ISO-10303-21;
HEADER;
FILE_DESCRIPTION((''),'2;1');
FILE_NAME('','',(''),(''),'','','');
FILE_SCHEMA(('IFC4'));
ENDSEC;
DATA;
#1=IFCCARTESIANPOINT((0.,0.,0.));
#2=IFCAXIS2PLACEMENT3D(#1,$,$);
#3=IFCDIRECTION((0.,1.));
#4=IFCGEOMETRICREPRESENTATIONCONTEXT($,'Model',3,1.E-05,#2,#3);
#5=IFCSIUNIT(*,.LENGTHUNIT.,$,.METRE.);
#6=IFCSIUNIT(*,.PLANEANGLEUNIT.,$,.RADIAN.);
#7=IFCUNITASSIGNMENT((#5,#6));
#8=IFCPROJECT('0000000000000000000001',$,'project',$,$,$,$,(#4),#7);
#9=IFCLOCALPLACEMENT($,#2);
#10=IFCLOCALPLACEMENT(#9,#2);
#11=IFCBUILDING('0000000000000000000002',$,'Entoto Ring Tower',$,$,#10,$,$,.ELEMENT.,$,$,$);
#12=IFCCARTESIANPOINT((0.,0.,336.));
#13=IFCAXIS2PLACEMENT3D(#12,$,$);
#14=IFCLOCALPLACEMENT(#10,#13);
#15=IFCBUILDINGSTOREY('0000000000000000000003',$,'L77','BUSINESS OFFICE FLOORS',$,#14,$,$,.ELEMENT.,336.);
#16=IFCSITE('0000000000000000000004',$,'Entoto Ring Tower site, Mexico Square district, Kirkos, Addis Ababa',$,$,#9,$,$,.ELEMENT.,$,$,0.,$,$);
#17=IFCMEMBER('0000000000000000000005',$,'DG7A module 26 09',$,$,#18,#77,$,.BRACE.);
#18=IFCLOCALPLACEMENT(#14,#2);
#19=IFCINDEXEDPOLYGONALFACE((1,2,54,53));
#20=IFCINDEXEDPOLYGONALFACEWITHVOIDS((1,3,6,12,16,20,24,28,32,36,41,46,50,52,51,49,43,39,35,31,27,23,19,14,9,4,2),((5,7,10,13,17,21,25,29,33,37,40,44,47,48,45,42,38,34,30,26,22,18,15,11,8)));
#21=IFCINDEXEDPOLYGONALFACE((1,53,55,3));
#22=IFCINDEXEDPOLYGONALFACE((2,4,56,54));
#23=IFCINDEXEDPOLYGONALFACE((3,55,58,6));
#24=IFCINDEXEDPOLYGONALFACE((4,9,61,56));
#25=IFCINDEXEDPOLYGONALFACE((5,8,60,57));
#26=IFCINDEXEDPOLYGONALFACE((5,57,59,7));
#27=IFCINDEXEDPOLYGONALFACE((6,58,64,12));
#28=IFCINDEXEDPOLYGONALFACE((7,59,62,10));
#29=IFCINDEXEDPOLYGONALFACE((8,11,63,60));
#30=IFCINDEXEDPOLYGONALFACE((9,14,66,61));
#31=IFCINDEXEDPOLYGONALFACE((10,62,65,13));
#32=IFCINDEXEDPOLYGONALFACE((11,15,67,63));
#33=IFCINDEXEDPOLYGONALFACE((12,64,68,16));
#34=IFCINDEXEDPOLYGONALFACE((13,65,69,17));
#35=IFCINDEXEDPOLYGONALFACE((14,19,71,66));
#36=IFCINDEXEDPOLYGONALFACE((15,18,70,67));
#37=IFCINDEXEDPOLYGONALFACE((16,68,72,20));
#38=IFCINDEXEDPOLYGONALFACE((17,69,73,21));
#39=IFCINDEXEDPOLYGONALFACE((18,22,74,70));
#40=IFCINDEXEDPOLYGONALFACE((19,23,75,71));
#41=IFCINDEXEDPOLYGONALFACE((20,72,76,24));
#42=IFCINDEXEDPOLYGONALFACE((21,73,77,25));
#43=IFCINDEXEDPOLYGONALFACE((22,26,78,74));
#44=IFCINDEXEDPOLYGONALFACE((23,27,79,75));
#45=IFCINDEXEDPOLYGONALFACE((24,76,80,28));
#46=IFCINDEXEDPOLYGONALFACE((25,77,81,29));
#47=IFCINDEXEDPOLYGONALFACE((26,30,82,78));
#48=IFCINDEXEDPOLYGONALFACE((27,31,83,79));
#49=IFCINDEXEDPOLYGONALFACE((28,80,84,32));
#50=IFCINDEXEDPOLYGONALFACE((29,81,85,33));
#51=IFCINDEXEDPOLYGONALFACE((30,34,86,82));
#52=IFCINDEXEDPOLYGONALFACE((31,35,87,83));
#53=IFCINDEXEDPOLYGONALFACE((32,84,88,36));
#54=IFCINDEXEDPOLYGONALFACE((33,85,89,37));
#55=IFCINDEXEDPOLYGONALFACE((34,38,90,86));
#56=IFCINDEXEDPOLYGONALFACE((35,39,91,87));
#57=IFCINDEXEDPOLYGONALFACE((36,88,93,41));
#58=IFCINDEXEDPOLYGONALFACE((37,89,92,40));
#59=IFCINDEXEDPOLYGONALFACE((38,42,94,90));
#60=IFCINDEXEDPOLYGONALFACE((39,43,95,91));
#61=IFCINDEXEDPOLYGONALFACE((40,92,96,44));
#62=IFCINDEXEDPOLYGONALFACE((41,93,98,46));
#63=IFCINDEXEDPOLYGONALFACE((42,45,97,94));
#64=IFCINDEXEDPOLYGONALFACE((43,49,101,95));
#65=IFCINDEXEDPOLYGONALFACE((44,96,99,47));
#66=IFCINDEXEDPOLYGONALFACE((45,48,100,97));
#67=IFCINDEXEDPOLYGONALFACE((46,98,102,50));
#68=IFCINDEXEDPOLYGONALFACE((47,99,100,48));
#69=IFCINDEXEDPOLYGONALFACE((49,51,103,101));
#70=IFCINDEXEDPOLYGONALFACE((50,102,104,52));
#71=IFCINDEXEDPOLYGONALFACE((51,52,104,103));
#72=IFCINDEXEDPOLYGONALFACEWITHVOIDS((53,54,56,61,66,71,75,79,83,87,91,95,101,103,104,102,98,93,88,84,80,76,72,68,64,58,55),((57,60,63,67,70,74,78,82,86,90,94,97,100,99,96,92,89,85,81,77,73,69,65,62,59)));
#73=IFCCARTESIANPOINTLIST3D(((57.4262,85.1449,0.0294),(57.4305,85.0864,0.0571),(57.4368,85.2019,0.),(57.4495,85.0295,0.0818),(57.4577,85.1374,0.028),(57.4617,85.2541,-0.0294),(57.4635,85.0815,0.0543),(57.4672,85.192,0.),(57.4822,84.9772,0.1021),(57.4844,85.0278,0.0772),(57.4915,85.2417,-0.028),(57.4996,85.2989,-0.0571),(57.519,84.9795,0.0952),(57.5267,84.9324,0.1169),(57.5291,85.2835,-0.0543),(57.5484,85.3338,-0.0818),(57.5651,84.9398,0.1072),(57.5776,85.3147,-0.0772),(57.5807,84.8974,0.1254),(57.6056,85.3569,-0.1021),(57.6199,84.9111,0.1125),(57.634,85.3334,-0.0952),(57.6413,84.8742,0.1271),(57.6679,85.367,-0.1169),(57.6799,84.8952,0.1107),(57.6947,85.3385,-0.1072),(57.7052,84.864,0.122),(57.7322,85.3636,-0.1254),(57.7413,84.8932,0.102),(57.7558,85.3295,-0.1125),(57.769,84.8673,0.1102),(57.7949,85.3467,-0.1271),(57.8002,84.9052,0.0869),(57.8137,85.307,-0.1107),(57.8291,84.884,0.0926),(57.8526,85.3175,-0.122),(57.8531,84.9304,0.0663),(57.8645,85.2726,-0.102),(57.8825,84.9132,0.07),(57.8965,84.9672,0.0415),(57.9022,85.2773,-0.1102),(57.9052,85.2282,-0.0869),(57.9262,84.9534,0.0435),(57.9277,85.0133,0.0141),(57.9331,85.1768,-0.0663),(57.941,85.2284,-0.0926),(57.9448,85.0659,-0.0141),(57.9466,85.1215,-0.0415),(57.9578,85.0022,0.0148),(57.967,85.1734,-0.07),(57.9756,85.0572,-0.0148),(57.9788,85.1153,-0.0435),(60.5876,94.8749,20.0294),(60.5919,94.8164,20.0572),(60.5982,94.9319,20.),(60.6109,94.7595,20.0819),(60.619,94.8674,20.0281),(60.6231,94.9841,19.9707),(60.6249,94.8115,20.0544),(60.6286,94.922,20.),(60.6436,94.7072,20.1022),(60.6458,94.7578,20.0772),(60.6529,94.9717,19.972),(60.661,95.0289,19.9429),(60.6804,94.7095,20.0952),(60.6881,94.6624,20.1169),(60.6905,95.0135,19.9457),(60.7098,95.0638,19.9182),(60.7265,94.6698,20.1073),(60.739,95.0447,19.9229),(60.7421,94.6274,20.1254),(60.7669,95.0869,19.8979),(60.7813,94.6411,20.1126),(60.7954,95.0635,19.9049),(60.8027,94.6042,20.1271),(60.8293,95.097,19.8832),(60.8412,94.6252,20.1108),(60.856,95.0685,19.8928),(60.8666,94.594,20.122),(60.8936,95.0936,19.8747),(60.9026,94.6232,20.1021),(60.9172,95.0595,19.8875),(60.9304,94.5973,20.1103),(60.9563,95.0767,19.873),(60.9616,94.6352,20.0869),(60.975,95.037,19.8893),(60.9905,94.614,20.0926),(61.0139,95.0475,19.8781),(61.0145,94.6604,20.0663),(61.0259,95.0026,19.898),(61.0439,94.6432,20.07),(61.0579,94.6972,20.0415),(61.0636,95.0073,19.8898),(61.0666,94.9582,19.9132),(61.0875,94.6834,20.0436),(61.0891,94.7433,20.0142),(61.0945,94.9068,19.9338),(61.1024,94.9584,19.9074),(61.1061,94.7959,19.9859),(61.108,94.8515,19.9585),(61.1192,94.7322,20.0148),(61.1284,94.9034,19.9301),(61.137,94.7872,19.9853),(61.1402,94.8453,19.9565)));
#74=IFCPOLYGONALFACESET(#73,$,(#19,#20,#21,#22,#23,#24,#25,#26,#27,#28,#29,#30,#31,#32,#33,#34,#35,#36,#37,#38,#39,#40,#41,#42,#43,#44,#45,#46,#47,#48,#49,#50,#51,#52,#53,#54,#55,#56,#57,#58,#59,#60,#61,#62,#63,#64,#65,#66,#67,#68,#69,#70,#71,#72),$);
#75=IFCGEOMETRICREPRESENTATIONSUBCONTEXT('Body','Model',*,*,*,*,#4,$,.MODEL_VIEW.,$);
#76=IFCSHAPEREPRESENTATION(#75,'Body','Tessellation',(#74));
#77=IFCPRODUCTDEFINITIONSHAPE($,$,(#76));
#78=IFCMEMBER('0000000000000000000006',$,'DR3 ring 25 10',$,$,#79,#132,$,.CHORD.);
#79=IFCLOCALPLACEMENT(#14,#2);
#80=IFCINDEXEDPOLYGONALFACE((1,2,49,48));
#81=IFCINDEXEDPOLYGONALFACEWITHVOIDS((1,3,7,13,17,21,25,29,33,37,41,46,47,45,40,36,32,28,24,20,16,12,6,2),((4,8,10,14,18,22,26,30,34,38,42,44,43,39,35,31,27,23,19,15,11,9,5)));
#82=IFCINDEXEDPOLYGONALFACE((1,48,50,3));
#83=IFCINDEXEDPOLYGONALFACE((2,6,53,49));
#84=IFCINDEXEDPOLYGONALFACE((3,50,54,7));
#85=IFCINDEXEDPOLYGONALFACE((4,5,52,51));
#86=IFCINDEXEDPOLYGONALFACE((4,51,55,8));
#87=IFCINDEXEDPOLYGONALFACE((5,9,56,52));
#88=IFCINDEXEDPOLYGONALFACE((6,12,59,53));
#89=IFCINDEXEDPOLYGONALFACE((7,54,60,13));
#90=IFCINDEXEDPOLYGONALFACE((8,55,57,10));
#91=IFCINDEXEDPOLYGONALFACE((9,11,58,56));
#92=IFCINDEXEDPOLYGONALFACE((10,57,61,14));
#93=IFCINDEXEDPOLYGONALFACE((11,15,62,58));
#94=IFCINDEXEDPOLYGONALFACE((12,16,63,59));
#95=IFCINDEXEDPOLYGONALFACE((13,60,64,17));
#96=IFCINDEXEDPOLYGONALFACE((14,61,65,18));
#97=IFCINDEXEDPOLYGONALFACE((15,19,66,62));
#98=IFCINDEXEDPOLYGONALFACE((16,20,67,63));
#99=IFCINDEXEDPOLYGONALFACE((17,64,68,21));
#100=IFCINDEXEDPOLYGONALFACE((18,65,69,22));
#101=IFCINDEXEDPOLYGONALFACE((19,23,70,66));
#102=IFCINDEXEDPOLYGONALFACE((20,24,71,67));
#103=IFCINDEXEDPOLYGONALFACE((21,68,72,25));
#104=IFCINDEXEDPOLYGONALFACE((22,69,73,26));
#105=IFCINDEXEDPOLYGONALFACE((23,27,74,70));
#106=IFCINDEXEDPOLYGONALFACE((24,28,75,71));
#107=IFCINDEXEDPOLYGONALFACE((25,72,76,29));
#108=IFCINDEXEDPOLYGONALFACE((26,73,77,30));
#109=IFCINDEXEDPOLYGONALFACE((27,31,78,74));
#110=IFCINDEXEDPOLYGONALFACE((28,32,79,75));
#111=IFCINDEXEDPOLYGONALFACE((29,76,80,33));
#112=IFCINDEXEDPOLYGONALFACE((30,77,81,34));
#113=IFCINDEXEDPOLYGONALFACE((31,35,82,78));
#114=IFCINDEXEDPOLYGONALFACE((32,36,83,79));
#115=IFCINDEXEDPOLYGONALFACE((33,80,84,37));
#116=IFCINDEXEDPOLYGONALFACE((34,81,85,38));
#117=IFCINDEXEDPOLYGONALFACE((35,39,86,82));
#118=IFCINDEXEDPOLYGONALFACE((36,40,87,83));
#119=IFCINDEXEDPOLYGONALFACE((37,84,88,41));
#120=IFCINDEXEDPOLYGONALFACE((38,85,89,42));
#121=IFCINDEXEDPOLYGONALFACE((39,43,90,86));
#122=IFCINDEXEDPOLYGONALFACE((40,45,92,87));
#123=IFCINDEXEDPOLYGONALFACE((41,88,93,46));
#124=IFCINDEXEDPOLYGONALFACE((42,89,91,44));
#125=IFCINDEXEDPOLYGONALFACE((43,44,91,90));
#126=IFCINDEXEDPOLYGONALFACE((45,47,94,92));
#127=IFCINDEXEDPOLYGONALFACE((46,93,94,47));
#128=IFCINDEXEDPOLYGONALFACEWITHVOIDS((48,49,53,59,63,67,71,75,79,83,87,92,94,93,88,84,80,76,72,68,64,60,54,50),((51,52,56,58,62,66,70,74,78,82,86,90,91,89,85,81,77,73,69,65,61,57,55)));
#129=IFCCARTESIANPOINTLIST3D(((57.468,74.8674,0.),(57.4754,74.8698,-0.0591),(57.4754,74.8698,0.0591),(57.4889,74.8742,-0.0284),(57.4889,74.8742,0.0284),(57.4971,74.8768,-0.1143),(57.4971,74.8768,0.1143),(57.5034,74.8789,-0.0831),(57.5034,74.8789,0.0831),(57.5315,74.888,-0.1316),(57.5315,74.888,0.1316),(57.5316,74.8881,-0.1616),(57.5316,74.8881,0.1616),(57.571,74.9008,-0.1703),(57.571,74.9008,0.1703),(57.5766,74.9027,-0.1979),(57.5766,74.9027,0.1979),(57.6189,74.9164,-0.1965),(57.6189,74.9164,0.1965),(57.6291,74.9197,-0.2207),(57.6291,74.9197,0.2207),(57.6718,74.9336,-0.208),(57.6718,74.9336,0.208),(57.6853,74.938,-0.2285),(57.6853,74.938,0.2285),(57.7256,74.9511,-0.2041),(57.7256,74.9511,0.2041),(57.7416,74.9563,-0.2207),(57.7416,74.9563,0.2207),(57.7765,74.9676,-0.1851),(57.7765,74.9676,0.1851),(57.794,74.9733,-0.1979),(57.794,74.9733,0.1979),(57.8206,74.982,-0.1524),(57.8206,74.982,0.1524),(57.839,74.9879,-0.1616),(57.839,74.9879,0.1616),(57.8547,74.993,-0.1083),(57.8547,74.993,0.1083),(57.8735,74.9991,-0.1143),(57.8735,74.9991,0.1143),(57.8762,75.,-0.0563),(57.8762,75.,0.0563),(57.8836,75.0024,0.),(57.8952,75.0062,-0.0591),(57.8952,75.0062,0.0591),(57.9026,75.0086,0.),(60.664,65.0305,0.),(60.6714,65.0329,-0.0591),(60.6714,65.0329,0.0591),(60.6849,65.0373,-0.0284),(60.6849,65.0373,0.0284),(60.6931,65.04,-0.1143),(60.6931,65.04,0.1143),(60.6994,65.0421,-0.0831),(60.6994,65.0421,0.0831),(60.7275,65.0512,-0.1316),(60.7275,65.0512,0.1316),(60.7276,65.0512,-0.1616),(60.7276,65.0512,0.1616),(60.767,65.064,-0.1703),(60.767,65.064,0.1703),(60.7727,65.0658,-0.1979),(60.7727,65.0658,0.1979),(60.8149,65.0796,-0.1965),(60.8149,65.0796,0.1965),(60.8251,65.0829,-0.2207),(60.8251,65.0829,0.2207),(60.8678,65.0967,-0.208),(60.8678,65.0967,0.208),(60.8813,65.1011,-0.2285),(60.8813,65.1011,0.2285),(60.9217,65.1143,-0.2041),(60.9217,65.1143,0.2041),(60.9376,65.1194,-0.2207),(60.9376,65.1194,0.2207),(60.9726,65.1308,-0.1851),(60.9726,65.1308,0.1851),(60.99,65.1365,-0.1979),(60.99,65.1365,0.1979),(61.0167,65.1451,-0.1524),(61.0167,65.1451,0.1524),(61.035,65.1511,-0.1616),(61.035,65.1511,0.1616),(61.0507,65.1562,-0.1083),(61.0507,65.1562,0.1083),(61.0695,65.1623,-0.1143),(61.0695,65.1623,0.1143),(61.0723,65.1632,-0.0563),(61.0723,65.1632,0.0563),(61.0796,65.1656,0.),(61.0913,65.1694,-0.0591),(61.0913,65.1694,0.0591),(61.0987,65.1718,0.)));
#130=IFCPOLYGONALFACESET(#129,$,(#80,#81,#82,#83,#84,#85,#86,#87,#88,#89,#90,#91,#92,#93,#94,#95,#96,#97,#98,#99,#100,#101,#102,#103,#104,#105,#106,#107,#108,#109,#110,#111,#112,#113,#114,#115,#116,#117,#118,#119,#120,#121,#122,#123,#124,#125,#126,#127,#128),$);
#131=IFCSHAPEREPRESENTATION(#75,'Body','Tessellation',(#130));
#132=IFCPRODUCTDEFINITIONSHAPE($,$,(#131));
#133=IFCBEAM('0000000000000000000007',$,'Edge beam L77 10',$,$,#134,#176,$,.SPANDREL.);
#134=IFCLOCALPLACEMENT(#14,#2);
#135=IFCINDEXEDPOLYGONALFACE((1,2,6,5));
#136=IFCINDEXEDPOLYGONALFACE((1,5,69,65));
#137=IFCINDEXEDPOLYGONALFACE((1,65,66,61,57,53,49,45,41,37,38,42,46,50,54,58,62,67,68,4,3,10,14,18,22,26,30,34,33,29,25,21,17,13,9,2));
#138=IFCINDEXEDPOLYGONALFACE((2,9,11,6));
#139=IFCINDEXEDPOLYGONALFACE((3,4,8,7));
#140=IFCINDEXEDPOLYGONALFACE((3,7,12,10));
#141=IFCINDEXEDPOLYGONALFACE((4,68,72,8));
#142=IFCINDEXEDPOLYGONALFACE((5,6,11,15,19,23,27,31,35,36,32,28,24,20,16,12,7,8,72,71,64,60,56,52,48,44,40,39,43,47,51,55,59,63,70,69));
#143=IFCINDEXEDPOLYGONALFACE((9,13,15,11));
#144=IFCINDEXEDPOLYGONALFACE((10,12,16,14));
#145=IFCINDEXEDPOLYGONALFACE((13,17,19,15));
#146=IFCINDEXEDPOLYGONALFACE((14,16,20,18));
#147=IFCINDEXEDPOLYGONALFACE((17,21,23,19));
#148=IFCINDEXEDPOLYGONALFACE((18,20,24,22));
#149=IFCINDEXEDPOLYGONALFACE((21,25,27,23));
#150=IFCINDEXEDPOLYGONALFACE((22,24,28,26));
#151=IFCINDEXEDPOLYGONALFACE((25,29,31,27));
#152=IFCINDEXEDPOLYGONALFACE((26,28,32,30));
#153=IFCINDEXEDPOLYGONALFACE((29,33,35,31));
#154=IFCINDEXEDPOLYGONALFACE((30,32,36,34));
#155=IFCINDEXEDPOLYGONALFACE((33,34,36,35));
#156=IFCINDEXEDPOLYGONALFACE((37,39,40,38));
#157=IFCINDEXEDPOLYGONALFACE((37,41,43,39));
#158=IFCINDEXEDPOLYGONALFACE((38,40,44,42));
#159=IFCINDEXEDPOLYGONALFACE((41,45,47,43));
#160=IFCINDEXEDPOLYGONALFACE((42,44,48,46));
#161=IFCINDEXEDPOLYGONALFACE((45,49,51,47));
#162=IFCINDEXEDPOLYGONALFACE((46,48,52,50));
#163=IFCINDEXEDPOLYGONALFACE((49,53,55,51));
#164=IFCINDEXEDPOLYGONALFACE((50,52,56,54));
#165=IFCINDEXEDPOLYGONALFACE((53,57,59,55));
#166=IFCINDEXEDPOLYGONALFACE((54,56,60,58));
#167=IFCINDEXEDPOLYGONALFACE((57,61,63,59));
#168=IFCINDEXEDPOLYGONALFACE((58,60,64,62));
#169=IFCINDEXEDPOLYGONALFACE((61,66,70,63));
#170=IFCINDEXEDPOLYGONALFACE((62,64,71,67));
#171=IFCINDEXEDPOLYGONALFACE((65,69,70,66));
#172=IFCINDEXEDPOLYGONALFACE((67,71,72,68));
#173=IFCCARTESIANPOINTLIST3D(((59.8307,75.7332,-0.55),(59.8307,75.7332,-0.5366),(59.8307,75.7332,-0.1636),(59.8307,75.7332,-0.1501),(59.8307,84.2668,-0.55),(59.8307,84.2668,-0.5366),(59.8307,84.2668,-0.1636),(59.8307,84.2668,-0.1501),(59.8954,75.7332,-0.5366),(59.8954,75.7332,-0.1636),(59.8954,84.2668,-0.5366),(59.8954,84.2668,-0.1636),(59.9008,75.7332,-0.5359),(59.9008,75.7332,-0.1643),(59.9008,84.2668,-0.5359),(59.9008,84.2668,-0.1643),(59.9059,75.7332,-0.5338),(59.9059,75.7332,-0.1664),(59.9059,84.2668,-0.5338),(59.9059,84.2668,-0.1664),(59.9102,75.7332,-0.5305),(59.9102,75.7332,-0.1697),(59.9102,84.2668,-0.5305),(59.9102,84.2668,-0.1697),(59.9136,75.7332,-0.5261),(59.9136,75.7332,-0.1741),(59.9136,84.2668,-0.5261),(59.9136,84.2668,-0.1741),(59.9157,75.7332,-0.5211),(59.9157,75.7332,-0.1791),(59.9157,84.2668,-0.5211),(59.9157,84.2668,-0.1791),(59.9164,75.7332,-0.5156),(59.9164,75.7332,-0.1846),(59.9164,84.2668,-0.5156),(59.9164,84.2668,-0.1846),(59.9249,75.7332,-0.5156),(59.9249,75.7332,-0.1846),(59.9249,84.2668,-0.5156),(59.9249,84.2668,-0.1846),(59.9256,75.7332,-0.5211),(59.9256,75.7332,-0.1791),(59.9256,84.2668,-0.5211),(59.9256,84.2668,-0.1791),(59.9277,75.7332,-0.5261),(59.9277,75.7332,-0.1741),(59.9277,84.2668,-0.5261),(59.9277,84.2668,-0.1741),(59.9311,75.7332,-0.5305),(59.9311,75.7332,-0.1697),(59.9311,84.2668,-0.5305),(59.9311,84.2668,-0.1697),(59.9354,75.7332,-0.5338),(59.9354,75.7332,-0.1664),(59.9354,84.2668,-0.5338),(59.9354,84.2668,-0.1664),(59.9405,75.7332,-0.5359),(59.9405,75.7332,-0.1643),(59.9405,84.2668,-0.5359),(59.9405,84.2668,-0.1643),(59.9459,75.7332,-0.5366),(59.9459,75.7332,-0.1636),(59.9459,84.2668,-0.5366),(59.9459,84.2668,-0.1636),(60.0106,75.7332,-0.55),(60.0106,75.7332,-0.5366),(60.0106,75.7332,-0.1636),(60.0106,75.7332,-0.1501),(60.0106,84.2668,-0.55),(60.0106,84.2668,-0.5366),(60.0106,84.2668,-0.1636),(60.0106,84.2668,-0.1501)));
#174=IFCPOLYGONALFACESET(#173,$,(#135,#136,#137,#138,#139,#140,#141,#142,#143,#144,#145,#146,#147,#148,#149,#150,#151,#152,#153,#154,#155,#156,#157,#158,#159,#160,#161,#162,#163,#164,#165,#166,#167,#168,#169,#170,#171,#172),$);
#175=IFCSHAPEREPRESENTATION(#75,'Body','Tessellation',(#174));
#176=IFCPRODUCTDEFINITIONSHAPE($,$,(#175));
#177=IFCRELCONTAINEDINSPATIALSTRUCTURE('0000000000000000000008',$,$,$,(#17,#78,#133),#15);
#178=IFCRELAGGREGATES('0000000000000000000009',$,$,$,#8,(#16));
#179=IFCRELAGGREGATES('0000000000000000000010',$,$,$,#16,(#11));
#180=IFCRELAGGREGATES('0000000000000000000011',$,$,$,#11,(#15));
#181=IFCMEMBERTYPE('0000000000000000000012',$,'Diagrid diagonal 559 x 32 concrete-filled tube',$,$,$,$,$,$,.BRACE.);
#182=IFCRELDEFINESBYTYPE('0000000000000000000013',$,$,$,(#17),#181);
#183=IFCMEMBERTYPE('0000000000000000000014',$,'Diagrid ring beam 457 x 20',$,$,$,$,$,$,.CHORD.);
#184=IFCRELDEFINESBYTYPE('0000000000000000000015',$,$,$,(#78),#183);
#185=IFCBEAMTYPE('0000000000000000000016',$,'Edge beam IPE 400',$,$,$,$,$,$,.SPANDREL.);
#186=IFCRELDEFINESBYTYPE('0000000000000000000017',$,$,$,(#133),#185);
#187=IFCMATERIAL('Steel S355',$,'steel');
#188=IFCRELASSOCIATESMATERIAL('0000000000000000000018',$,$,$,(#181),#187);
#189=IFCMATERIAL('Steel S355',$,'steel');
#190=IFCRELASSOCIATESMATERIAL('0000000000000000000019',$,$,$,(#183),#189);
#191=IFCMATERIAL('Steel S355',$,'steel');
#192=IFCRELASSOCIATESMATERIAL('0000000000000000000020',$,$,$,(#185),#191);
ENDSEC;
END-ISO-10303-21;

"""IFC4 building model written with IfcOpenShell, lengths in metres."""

from ifc_helpers import new_model, si_unit, direction, frame, origin, origin_2d, place, context, subcontext, project, spatial, circle, hollow_circle, i_section, extrude, material, material_profile, profile_set, type_object, element, save


model = new_model("IFC4")

# Units and contexts
model_context = context("Model", 3, precision=1e-05, world=origin(), true_north=direction((0.0, 1.0)))
body_context = subcontext(model_context, "Body", "Model", "MODEL_VIEW")
ifc_project = project(units=[si_unit("LENGTHUNIT", "METRE"), si_unit("PLANEANGLEUNIT", "RADIAN")], contexts=[model_context])

# Site, building, storey
site_placement = place(None, origin())
site = spatial("IfcSite", under=ifc_project, at=site_placement, Name="Entoto Ring Tower site, Mexico Square district, Kirkos, Addis Ababa", CompositionType="ELEMENT", RefElevation=0.0)
building_placement = place(site_placement, origin())
building = spatial("IfcBuilding", under=site, at=building_placement, Name="Entoto Ring Tower", CompositionType="ELEMENT")
storey_placement = place(building_placement, frame((0.0, 0.0, 336.0)))
storey = spatial("IfcBuildingStorey", under=building, at=storey_placement, Name="L77", Description="BUSINESS OFFICE FLOORS", CompositionType="ELEMENT", Elevation=336.0)

# Members
ifc_material_1 = material(Name="Steel S355", Category="steel")
ifc_material_profile_1 = material_profile(ifc_material_1, hollow_circle(Radius=0.2795, WallThickness=0.032, at=origin_2d()), Name="CHS 559 x 32")
ifc_material_2 = material(Name="Concrete C60/75", Category="concrete")
ifc_material_profile_2 = material_profile(ifc_material_2, circle(Radius=0.2476, at=origin_2d()), Name="Concrete C60/75 infill")
ifc_profile_set_1 = profile_set([ifc_material_profile_1, ifc_material_profile_2], Name="Steel S355")
member_type_1 = type_object("IfcMemberType", Name="Diagrid diagonal 559 x 32 concrete-filled tube", PredefinedType="BRACE", material=ifc_profile_set_1)
member_1_placement = place(storey_placement, frame((57.7026, 85.1155, 0.0), z_axis=(0.140726, 0.433121, 0.890282), x_axis=(-0.951059, 0.309009, 0.0)))
element("IfcMember", 1, at=member_1_placement, inside=storey, type_object=member_type_1, Name="DG7A module 26 09", PredefinedType="BRACE", context=body_context, shape_type="SweptSolid", body=[
    extrude(hollow_circle(Radius=0.2795, WallThickness=0.032, at=origin_2d()), origin(), (0.0, 0.0, 1.0), 22.4648),
])
ifc_material_3 = material(Name="Steel S355", Category="steel")
ifc_material_profile_3 = material_profile(ifc_material_3, hollow_circle(Radius=0.2285, WallThickness=0.02, at=origin_2d()), Name="CHS 457 x 20")
ifc_material_4 = material(Name="Concrete C60/75", Category="concrete")
ifc_material_profile_4 = material_profile(ifc_material_4, circle(Radius=0.2085, at=origin_2d()), Name="Concrete C60/75 infill")
ifc_profile_set_2 = profile_set([ifc_material_profile_3, ifc_material_profile_4], Name="Steel S355")
member_type_2 = type_object("IfcMemberType", Name="Diagrid ring beam 457 x 20", PredefinedType="CHORD", material=ifc_profile_set_2)
member_2_placement = place(storey_placement, frame((57.6853, 74.938, 0.0), z_axis=(0.309003, -0.951061, 0.0), x_axis=(0.951061, 0.309003, 0.0)))
element("IfcMember", 2, at=member_2_placement, inside=storey, type_object=member_type_2, Name="DR3 ring 25 10", PredefinedType="CHORD", context=body_context, shape_type="SweptSolid", body=[
    extrude(hollow_circle(Radius=0.2285, WallThickness=0.02, at=origin_2d()), origin(), (0.0, 0.0, 1.0), 10.343),
])

# Beam
ifc_material_5 = material(Name="Steel S355", Category="steel")
ifc_material_profile_5 = material_profile(ifc_material_5, i_section(OverallWidth=0.1799, OverallDepth=0.3999, WebThickness=0.0085, FlangeThickness=0.0134, FilletRadius=0.021, at=origin_2d()), Name="IPE 400")
ifc_profile_set_3 = profile_set([ifc_material_profile_5], Name="Steel S355")
beam_type_1 = type_object("IfcBeamType", Name="Edge beam IPE 400", PredefinedType="SPANDREL", material=ifc_profile_set_3)
beam_1_placement = place(storey_placement, frame((59.9207, 84.2668, -0.3501), z_axis=(0.0, -1.0, 0.0), x_axis=(1.0, 0.0, 0.0)))
element("IfcBeam", 3, at=beam_1_placement, inside=storey, type_object=beam_type_1, Name="Edge beam L77 10", PredefinedType="SPANDREL", context=body_context, shape_type="SweptSolid", body=[
    extrude(i_section(OverallWidth=0.1799, OverallDepth=0.3999, WebThickness=0.0085, FlangeThickness=0.0134, FilletRadius=0.021, at=origin_2d()), origin(), (0.0, 0.0, 1.0), 8.5337),
])

save(model, "model.ifc")
